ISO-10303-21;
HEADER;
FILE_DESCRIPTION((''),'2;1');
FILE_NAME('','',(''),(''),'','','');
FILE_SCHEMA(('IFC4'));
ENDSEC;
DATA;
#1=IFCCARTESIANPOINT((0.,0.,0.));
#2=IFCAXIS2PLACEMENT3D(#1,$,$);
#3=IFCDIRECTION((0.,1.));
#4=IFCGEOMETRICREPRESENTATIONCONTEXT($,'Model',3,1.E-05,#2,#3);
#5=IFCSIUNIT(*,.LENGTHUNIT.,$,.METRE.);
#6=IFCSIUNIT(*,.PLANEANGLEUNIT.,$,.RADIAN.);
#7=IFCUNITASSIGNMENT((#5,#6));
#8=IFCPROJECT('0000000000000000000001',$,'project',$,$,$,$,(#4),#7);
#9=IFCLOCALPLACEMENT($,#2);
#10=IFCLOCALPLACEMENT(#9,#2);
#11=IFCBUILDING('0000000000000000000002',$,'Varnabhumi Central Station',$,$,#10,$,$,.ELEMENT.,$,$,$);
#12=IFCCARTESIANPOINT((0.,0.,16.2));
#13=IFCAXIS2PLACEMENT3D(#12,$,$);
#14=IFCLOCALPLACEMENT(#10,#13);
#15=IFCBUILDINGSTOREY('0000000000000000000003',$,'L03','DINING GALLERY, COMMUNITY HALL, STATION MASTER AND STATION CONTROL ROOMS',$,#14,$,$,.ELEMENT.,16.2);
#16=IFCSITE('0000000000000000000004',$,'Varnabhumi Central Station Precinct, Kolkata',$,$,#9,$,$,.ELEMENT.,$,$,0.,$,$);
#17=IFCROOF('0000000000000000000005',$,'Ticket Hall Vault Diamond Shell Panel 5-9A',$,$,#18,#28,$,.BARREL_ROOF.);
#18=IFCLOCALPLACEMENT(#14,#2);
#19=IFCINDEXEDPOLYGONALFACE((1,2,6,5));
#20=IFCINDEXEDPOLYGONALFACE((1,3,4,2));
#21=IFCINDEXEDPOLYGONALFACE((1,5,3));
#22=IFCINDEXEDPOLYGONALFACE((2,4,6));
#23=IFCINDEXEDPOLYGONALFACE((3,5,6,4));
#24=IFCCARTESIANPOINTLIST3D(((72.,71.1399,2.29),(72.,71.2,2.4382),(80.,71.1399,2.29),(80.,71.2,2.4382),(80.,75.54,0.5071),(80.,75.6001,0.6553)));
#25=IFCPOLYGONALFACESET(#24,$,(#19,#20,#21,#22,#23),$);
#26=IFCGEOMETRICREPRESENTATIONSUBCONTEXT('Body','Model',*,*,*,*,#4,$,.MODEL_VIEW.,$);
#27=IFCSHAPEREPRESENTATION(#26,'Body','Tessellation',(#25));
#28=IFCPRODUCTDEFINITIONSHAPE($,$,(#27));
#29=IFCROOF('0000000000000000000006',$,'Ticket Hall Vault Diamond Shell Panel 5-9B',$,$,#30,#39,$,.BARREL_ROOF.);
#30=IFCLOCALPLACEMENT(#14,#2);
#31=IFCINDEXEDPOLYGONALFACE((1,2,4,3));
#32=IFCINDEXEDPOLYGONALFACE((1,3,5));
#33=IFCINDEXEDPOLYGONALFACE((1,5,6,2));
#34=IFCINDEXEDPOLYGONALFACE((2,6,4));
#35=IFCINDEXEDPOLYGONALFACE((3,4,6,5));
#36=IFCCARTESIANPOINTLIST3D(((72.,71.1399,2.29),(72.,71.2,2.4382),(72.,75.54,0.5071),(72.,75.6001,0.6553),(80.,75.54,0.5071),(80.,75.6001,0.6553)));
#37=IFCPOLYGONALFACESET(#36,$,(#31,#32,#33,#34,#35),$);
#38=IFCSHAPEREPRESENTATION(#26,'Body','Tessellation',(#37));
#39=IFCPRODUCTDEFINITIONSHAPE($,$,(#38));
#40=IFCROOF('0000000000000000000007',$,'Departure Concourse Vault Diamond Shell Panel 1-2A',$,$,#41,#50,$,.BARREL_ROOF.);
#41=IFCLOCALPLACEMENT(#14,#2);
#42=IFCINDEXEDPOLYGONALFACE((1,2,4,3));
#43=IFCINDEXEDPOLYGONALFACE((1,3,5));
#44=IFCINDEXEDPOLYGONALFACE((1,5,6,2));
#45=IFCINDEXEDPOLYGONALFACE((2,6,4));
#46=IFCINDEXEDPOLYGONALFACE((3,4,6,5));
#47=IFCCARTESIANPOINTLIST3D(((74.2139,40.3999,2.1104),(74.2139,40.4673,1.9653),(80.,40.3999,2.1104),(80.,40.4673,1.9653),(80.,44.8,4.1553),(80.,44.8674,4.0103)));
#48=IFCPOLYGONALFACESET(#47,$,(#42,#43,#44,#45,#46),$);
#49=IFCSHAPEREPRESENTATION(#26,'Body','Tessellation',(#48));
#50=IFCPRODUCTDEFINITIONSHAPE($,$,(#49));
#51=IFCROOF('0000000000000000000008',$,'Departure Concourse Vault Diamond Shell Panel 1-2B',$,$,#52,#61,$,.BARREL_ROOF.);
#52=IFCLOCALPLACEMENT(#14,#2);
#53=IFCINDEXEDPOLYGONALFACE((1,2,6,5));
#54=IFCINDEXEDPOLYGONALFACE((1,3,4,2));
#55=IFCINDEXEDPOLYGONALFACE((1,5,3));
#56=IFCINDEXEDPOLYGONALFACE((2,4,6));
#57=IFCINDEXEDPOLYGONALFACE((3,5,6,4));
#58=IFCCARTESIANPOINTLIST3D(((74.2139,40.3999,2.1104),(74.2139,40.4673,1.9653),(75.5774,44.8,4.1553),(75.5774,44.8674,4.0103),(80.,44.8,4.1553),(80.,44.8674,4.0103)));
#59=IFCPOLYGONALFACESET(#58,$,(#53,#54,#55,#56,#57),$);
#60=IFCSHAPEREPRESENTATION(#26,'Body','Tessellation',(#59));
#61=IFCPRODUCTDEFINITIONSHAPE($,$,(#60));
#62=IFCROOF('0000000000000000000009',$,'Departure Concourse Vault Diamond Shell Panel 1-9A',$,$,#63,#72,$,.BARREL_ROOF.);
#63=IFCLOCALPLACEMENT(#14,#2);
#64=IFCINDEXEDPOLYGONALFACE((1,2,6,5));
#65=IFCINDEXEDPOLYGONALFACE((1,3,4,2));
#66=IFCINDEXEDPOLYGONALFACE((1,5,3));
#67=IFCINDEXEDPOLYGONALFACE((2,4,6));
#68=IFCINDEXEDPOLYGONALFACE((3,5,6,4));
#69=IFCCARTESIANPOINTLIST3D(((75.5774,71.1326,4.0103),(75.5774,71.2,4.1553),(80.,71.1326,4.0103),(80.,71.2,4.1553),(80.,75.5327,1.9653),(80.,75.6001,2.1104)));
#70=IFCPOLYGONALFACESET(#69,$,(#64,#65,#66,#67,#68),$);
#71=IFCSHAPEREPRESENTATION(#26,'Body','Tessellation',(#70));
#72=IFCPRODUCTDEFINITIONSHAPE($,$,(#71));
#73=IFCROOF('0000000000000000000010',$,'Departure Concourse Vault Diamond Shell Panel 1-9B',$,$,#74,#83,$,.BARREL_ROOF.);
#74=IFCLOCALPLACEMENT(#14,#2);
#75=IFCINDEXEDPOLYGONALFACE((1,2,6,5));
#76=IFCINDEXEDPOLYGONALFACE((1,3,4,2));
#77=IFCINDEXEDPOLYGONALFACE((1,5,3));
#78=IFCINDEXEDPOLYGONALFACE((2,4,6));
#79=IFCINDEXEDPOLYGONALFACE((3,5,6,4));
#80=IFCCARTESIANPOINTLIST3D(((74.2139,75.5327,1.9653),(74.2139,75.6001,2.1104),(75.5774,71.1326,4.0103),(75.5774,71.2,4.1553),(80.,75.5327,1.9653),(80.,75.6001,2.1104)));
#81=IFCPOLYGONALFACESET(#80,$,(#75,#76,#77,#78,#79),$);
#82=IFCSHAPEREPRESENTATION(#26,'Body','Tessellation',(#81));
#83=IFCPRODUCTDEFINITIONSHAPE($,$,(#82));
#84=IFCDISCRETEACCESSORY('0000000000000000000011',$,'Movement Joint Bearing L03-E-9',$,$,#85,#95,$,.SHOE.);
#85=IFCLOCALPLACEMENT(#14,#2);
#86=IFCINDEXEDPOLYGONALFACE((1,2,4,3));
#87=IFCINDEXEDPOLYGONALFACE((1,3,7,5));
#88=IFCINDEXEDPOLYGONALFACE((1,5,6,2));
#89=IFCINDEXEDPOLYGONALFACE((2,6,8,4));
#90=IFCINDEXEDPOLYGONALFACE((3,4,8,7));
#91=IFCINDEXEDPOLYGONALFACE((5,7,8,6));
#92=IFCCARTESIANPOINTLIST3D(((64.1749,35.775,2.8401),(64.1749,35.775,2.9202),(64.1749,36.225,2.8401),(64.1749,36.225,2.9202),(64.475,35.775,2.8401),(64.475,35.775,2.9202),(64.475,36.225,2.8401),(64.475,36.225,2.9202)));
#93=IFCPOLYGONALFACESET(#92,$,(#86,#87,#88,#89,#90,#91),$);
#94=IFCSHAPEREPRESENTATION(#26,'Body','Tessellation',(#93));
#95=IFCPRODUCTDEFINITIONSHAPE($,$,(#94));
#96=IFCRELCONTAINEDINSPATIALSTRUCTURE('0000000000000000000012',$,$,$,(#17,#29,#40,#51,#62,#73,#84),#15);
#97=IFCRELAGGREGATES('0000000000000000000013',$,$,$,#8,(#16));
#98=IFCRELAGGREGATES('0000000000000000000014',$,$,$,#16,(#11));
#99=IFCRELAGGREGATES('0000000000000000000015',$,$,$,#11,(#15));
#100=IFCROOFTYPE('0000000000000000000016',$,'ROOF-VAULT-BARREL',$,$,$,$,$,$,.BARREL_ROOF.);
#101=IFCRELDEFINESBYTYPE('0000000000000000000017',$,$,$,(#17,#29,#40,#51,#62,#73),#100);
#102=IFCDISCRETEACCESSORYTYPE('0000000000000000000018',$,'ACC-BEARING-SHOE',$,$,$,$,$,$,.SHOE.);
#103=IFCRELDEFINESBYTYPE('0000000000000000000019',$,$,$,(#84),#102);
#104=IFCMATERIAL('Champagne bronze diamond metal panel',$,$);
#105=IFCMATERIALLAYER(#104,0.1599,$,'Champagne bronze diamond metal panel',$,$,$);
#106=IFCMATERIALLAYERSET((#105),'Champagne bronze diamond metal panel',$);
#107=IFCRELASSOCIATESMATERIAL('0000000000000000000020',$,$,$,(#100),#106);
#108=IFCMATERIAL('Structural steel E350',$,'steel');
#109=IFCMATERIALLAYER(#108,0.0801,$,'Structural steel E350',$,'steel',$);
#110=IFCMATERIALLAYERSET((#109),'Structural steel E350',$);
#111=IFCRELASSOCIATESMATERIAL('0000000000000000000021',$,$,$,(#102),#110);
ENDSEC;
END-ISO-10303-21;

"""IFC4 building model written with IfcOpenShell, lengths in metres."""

from ifc_helpers import new_model, si_unit, direction, frame, origin, origin_2d, place, context, subcontext, project, spatial, polyline, rectangle, outline, extrude, material, layer, layer_set, type_object, element, save


model = new_model("IFC4")

# Units and contexts
model_context = context("Model", 3, precision=1e-05, world=origin(), true_north=direction((0.0, 1.0)))
body_context = subcontext(model_context, "Body", "Model", "MODEL_VIEW")
ifc_project = project(units=[si_unit("LENGTHUNIT", "METRE"), si_unit("PLANEANGLEUNIT", "RADIAN")], contexts=[model_context])

# Site, building, storey
site_placement = place(None, origin())
site = spatial("IfcSite", under=ifc_project, at=site_placement, Name="Varnabhumi Central Station Precinct, Kolkata", CompositionType="ELEMENT", RefElevation=0.0)
building_placement = place(site_placement, origin())
building = spatial("IfcBuilding", under=site, at=building_placement, Name="Varnabhumi Central Station", CompositionType="ELEMENT")
storey_placement = place(building_placement, frame((0.0, 0.0, 16.2)))
storey = spatial("IfcBuildingStorey", under=building, at=storey_placement, Name="L03", Description="DINING GALLERY, COMMUNITY HALL, STATION MASTER AND STATION CONTROL ROOMS", CompositionType="ELEMENT", Elevation=16.2)

# Roofs
ifc_material_1 = material(Name="Champagne bronze diamond metal panel")
ifc_layer_1 = layer(ifc_material_1, 0.1599, Name="Champagne bronze diamond metal panel")
ifc_layer_set_1 = layer_set([ifc_layer_1], Name="Champagne bronze diamond metal panel")
roof_type = type_object("IfcRoofType", Name="ROOF-VAULT-BARREL", PredefinedType="BARREL_ROOF", material=ifc_layer_set_1)
roof_1_placement = place(storey_placement, frame((72.0, 71.2, 2.4382), z_axis=(0.0, 0.375545, 0.926804), x_axis=(1.0, 0.0, 0.0)))
element("IfcRoof", 1, at=roof_1_placement, inside=storey, type_object=roof_type, Name="Ticket Hall Vault Diamond Shell Panel 5-9A", PredefinedType="BARREL_ROOF", context=body_context, shape_type="SweptSolid", body=[
    extrude(outline(polyline([(0.0, 0.0), (8.0, 0.0), (8.0, 4.7477), (0.0, 0.0)])), origin(), (0.0, 0.0, -1.0), 0.1599),
])
roof_2_placement = place(storey_placement, frame((72.0, 71.2, 2.4382), z_axis=(0.0, 0.375545, 0.926804), x_axis=(0.859965, 0.472997, -0.19166)))
element("IfcRoof", 2, at=roof_2_placement, inside=storey, type_object=roof_type, Name="Ticket Hall Vault Diamond Shell Panel 5-9B", PredefinedType="BARREL_ROOF", context=body_context, shape_type="SweptSolid", body=[
    extrude(outline(polyline([(0.0, 0.0), (9.3027, 0.0), (2.423, 4.0828), (0.0, 0.0)])), origin(), (0.0, 0.0, -1.0), 0.1599),
])
roof_3_placement = place(storey_placement, frame((74.2139, 40.3999, 2.1104), z_axis=(0.0, -0.42145, 0.906852), x_axis=(1.0, 0.0, 0.0)))
element("IfcRoof", 3, at=roof_3_placement, inside=storey, type_object=roof_type, Name="Departure Concourse Vault Diamond Shell Panel 1-2A", PredefinedType="BARREL_ROOF", context=body_context, shape_type="SweptSolid", body=[
    extrude(outline(polyline([(0.0, 0.0), (5.7861, 0.0), (5.7861, 4.8521), (0.0, 0.0)])), origin(), (0.0, 0.0, -1.0), 0.1599),
])
roof_4_placement = place(storey_placement, frame((74.2139, 40.3999, 2.1104), z_axis=(0.0, -0.42145, 0.906852), x_axis=(0.766242, 0.5827, 0.270803)))
element("IfcRoof", 4, at=roof_4_placement, inside=storey, type_object=roof_type, Name="Departure Concourse Vault Diamond Shell Panel 1-2B", PredefinedType="BARREL_ROOF", context=body_context, shape_type="SweptSolid", body=[
    extrude(outline(polyline([(0.0, 0.0), (7.5513, 0.0), (4.1625, 2.8418), (0.0, 0.0)])), origin(), (0.0, 0.0, -1.0), 0.1599),
])
roof_5_placement = place(storey_placement, frame((75.5774, 71.2, 4.1553), z_axis=(0.0, 0.42145, 0.906852), x_axis=(1.0, 0.0, 0.0)))
element("IfcRoof", 5, at=roof_5_placement, inside=storey, type_object=roof_type, Name="Departure Concourse Vault Diamond Shell Panel 1-9A", PredefinedType="BARREL_ROOF", context=body_context, shape_type="SweptSolid", body=[
    extrude(outline(polyline([(0.0, 0.0), (4.4226, 0.0), (4.4226, 4.8521), (0.0, 0.0)])), origin(), (0.0, 0.0, -1.0), 0.1599),
])
roof_6_placement = place(storey_placement, frame((75.5774, 71.2, 4.1553), z_axis=(0.0, 0.42145, 0.906852), x_axis=(0.673639, 0.670218, -0.311477)))
element("IfcRoof", 6, at=roof_6_placement, inside=storey, type_object=roof_type, Name="Departure Concourse Vault Diamond Shell Panel 1-9B", PredefinedType="BARREL_ROOF", context=body_context, shape_type="SweptSolid", body=[
    extrude(outline(polyline([(0.0, 0.0), (6.5652, 0.0), (2.6675, 4.2763), (0.0, 0.0)])), origin(), (0.0, 0.0, -1.0), 0.1599),
])

# Discrete accessory
ifc_material_2 = material(Name="Structural steel E350", Category="steel")
ifc_layer_2 = layer(ifc_material_2, 0.0801, Name="Structural steel E350", Category="steel")
ifc_layer_set_2 = layer_set([ifc_layer_2], Name="Structural steel E350")
discrete_accessory_type = type_object("IfcDiscreteAccessoryType", Name="ACC-BEARING-SHOE", PredefinedType="SHOE", material=ifc_layer_set_2)
discrete_accessory_placement = place(storey_placement, frame((64.325, 36.0, 2.8401), z_axis=(0.0, 0.0, 1.0), x_axis=(1.0, 0.0, 0.0)))
element("IfcDiscreteAccessory", 7, at=discrete_accessory_placement, inside=storey, type_object=discrete_accessory_type, Name="Movement Joint Bearing L03-E-9", PredefinedType="SHOE", context=body_context, shape_type="SweptSolid", body=[
    extrude(rectangle(XDim=0.3, YDim=0.45, at=origin_2d()), origin(), (0.0, 0.0, 1.0), 0.0801),
])

save(model, "model.ifc")
